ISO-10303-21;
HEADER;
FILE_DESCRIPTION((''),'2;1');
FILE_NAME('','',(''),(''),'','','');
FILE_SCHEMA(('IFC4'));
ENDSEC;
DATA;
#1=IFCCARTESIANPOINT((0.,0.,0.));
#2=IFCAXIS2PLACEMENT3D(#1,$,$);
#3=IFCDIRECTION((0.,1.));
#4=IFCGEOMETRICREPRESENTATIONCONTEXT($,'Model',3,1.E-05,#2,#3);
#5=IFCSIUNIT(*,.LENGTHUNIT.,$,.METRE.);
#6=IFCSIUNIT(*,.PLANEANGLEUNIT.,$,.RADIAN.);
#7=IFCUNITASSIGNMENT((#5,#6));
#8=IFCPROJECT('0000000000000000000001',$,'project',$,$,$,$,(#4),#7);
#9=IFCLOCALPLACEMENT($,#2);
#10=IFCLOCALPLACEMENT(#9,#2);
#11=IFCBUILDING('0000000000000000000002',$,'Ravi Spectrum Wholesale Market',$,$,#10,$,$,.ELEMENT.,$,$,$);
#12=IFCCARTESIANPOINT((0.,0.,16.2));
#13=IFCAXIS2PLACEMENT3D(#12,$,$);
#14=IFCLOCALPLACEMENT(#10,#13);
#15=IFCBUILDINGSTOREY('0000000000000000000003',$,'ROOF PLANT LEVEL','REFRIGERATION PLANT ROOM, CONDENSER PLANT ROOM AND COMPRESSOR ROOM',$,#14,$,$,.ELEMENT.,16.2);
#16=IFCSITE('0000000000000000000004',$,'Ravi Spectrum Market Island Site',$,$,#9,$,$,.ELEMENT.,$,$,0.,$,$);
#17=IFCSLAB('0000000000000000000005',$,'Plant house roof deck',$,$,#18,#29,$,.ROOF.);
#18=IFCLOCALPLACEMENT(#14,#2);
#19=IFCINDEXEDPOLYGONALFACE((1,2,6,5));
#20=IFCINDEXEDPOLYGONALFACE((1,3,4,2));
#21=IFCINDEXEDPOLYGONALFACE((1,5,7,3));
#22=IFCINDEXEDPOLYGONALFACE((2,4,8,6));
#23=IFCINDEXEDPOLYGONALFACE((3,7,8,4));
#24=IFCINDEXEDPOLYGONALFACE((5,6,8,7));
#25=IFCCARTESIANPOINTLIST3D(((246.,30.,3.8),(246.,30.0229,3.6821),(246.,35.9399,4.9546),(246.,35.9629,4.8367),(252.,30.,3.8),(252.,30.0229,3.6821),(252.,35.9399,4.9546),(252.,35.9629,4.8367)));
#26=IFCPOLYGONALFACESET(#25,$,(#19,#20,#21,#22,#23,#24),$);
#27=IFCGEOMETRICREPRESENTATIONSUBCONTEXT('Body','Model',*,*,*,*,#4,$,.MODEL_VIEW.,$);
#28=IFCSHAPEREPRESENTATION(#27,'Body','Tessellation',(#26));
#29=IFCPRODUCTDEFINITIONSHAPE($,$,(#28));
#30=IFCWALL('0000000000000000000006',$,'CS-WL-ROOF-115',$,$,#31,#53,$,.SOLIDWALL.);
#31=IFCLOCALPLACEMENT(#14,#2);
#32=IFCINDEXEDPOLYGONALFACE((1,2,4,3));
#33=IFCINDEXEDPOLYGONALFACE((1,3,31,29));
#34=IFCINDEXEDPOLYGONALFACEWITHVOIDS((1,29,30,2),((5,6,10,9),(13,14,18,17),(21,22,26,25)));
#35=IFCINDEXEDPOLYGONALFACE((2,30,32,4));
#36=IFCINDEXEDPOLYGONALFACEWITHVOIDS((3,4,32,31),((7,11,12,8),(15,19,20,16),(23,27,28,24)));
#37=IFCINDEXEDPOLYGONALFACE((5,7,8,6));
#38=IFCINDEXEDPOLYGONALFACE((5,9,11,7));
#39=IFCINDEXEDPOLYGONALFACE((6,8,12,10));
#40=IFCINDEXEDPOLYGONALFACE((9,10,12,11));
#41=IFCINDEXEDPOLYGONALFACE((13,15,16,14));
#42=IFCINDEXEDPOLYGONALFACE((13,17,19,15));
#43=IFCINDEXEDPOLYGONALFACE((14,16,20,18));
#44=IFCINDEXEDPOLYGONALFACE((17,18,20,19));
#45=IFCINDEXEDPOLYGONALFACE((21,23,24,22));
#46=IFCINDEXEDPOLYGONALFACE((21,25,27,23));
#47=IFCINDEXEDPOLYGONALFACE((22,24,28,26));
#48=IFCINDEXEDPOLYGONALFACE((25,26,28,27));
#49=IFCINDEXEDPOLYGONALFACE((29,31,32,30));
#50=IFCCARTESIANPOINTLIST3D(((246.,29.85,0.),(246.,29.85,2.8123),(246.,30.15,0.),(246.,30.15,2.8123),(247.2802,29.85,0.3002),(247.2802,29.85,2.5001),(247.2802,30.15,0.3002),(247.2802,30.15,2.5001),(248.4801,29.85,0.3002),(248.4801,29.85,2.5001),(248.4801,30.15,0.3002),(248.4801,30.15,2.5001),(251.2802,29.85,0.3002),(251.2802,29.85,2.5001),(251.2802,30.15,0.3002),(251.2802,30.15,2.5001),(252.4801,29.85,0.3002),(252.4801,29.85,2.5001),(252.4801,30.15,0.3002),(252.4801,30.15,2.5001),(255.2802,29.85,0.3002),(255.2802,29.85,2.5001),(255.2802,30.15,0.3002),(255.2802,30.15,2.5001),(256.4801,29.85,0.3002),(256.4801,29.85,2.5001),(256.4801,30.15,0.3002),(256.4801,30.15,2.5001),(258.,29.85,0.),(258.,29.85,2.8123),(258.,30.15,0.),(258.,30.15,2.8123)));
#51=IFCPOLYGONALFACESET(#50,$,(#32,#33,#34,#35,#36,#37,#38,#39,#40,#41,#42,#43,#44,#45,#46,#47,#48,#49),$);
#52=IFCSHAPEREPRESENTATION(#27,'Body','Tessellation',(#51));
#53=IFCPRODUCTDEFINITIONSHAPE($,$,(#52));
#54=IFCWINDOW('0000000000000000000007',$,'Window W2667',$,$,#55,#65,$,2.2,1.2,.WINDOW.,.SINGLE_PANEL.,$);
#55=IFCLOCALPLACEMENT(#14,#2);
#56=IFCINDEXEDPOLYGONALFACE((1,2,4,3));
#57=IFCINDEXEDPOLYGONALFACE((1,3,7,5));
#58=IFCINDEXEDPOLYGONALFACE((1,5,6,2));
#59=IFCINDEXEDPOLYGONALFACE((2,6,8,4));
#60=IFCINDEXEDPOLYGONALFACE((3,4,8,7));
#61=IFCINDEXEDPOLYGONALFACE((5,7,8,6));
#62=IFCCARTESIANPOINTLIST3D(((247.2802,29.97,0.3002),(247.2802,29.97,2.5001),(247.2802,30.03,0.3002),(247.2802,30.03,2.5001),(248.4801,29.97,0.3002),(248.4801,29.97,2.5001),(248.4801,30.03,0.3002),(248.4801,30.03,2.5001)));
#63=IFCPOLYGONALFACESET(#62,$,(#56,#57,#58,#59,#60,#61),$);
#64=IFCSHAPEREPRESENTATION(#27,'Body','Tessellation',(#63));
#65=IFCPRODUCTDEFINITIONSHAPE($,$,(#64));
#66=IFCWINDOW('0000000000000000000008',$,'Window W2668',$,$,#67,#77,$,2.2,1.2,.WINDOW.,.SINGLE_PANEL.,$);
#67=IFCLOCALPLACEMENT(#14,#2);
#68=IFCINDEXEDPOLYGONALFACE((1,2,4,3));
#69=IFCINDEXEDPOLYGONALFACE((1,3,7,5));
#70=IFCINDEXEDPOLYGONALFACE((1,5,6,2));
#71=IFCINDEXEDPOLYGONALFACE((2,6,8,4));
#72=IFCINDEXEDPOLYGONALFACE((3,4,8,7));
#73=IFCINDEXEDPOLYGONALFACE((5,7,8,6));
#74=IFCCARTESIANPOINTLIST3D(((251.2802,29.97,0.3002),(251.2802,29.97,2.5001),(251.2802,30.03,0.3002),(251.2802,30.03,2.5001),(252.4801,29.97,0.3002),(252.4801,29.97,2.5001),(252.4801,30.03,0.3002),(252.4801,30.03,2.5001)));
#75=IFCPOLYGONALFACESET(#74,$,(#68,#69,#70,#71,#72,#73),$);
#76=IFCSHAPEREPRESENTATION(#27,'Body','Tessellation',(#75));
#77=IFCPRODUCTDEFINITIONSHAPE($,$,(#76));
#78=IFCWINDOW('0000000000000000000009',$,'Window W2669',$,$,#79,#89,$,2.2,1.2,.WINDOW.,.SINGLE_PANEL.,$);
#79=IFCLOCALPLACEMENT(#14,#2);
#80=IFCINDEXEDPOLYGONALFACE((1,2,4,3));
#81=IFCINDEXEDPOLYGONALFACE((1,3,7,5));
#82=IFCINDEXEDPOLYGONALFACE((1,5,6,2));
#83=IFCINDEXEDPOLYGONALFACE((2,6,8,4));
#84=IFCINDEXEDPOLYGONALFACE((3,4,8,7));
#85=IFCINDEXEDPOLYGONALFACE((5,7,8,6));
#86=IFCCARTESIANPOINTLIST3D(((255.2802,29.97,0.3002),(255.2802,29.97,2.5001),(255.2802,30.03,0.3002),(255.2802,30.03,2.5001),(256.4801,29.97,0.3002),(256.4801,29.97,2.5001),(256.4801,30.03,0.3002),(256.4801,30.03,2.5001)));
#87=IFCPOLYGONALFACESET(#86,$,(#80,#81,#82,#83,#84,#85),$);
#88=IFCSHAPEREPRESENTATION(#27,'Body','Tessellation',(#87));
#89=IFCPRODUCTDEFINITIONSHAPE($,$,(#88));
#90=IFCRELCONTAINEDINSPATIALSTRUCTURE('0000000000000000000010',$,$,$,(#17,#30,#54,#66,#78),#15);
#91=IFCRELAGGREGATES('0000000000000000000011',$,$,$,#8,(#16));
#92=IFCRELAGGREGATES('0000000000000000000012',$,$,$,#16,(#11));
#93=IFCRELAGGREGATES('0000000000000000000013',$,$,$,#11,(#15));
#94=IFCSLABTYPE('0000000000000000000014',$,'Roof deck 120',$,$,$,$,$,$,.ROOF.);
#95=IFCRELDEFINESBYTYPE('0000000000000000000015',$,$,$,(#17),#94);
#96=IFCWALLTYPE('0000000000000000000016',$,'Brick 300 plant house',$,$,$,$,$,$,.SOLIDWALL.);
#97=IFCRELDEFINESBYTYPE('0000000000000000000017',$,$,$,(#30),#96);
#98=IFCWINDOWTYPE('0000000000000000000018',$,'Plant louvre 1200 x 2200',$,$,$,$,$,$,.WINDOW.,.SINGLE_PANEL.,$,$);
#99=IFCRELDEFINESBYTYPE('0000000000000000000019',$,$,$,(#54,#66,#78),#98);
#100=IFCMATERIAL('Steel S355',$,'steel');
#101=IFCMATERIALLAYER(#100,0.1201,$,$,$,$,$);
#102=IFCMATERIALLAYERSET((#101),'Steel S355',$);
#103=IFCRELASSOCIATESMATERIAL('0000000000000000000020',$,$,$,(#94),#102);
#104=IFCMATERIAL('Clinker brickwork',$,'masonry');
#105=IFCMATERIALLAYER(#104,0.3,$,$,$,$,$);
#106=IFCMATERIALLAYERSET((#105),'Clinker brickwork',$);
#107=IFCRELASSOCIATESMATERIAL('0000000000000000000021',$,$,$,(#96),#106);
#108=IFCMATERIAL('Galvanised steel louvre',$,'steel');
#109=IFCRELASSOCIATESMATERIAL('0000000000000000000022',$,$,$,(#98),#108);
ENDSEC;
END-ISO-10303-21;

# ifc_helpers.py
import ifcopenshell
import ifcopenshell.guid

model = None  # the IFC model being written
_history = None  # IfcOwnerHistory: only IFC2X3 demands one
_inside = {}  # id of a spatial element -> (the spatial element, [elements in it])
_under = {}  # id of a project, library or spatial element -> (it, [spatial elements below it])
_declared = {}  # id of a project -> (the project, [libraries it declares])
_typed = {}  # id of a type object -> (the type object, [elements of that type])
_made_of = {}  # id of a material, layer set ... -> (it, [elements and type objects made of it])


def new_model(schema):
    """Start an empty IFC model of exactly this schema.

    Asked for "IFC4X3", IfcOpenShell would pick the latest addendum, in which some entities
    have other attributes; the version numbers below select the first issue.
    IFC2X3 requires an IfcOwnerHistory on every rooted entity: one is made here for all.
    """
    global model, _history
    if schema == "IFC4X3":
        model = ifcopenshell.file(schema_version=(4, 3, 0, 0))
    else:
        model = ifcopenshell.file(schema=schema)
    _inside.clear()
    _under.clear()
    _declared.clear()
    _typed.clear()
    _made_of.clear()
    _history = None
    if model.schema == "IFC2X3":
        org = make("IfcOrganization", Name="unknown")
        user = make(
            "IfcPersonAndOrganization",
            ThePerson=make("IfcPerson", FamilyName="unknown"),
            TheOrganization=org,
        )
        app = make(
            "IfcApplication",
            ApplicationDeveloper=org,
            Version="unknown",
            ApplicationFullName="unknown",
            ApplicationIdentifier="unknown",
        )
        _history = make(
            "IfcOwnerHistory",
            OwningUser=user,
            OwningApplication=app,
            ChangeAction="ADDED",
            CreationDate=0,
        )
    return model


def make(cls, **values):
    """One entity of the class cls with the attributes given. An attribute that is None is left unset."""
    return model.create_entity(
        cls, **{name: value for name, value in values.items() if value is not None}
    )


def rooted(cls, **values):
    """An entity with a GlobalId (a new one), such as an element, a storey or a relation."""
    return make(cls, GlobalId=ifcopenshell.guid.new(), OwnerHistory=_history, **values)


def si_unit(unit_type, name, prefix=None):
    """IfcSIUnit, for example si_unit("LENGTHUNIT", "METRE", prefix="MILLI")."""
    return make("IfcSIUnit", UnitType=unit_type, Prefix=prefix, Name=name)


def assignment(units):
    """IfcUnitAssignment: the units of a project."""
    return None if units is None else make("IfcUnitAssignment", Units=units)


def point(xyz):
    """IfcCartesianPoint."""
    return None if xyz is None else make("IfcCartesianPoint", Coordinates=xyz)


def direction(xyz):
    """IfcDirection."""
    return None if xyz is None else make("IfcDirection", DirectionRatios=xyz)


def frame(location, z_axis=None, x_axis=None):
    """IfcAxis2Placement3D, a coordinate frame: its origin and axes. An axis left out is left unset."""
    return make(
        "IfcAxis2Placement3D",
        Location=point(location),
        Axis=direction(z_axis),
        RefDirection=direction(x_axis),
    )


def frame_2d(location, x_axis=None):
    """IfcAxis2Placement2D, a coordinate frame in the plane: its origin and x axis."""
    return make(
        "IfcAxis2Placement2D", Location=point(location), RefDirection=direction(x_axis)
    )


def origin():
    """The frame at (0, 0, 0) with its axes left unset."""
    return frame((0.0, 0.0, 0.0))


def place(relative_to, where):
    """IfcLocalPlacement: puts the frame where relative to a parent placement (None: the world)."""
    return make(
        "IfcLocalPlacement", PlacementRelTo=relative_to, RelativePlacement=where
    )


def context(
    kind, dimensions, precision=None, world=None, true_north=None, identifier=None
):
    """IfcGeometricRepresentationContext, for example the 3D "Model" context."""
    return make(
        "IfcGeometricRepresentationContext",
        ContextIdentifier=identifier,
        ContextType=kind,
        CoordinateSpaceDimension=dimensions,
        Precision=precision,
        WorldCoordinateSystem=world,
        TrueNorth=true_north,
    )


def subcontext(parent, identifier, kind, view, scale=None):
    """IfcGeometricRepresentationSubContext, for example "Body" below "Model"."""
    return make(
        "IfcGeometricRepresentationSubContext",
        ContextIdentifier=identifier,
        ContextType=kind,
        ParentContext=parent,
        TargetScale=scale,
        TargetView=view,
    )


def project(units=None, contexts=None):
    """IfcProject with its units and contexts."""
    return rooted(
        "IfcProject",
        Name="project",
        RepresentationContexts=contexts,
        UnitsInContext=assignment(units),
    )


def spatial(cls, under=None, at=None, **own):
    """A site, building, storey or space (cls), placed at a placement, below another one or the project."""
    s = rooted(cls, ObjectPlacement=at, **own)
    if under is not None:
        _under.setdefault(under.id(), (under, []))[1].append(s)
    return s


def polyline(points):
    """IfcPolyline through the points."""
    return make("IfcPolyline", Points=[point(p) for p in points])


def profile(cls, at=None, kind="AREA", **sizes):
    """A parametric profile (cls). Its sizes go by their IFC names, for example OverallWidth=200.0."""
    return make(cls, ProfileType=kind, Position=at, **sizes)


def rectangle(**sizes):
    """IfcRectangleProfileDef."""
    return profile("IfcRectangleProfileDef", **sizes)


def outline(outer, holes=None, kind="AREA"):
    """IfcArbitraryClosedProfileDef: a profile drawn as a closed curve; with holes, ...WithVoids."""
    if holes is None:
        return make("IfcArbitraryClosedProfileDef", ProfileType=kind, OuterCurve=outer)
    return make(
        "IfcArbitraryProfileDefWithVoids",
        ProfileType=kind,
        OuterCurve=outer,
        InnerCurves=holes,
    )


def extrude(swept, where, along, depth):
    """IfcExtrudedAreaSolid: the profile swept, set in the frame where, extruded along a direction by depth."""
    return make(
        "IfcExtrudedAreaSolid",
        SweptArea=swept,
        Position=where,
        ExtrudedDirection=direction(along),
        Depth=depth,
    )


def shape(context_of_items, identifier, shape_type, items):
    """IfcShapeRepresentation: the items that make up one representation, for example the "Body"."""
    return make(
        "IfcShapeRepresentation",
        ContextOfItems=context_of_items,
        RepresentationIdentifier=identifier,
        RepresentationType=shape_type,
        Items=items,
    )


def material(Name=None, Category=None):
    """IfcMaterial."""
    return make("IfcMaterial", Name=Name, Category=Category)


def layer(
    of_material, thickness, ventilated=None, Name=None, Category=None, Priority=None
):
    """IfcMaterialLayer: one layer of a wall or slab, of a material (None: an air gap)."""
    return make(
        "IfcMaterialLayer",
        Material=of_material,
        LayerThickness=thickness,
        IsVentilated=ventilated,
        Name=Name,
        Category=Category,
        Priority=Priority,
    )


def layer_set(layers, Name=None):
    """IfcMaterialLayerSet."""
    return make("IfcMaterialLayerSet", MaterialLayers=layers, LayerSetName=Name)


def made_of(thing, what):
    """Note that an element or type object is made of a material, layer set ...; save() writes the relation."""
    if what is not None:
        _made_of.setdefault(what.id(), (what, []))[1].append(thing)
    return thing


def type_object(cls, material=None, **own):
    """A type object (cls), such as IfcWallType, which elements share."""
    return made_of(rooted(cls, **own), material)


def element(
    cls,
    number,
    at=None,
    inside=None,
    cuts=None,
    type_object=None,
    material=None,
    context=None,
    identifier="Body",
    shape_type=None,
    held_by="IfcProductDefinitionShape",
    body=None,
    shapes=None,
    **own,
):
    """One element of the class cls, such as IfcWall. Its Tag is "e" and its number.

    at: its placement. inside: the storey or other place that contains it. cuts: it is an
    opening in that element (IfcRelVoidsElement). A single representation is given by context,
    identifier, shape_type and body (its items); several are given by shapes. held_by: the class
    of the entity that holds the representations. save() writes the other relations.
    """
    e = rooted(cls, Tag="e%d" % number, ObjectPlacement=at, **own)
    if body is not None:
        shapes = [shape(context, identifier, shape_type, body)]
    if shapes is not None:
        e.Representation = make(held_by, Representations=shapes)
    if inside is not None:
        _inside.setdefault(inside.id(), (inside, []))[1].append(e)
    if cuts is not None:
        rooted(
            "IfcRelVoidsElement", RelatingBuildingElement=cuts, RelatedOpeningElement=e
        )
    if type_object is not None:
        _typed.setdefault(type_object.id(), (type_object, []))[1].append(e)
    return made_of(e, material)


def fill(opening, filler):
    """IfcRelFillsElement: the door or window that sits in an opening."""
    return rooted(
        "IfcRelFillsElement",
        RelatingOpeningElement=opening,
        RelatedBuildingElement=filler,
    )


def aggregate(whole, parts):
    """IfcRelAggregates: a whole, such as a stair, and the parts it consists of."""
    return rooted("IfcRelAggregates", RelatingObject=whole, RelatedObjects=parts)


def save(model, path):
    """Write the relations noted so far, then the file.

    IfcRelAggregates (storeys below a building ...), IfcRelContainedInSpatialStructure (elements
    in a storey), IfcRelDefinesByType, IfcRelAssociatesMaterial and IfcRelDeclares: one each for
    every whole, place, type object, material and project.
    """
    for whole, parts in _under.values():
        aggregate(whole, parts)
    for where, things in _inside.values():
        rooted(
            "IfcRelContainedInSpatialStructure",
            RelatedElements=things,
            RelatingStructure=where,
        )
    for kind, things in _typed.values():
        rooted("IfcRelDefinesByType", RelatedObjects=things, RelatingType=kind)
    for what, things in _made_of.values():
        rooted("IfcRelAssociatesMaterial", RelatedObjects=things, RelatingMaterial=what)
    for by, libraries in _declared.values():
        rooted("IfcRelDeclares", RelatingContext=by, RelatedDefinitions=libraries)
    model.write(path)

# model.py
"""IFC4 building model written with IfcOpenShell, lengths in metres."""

from ifc_helpers import new_model, si_unit, direction, frame, frame_2d, origin, place, context, subcontext, project, spatial, polyline, rectangle, outline, extrude, material, layer, layer_set, type_object, element, fill, save


model = new_model("IFC4")

# Units and contexts
model_context = context("Model", 3, precision=1e-05, world=origin(), true_north=direction((0.0, 1.0)))
body_context = subcontext(model_context, "Body", "Model", "MODEL_VIEW")
ifc_project = project(units=[si_unit("LENGTHUNIT", "METRE"), si_unit("PLANEANGLEUNIT", "RADIAN")], contexts=[model_context])

# Site, building, storey
site_placement = place(None, origin())
site = spatial("IfcSite", under=ifc_project, at=site_placement, Name="Ravi Spectrum Market Island Site", CompositionType="ELEMENT", RefElevation=0.0)
building_placement = place(site_placement, origin())
building = spatial("IfcBuilding", under=site, at=building_placement, Name="Ravi Spectrum Wholesale Market", CompositionType="ELEMENT")
storey_placement = place(building_placement, frame((0.0, 0.0, 16.2)))
storey = spatial("IfcBuildingStorey", under=building, at=storey_placement, Name="ROOF PLANT LEVEL", Description="REFRIGERATION PLANT ROOM, CONDENSER PLANT ROOM AND COMPRESSOR ROOM", CompositionType="ELEMENT", Elevation=16.2)

# Slab
ifc_material_1 = material(Name="Steel S355", Category="steel")
ifc_layer_1 = layer(ifc_material_1, 0.1201)
ifc_layer_set_1 = layer_set([ifc_layer_1], Name="Steel S355")
slab_type = type_object("IfcSlabType", Name="Roof deck 120", PredefinedType="ROOF", material=ifc_layer_set_1)
for number, where, z_axis, x_axis, name in (
    (1, (246.0, 30.0, 3.8), (0.0, -0.190798, 0.981629), (1.0, 0.0, 0.0), "Plant house roof deck"),
):
    element("IfcSlab", number, at=place(storey_placement, frame(where, z_axis=z_axis, x_axis=x_axis)), inside=storey, type_object=slab_type, Name=name, PredefinedType="ROOF", context=body_context, shape_type="SweptSolid", body=[
        extrude(outline(polyline([(0.0, 0.0), (6.0, 0.0), (6.0, 6.0511), (0.0, 6.0511), (0.0, 0.0)])), origin(), (0.0, 0.0, -1.0), 0.1201),
    ])

# Wall, openings, windows
ifc_material_2 = material(Name="Clinker brickwork", Category="masonry")
ifc_layer_2 = layer(ifc_material_2, 0.3)
ifc_layer_set_2 = layer_set([ifc_layer_2], Name="Clinker brickwork")
wall_type = type_object("IfcWallType", Name="Brick 300 plant house", PredefinedType="SOLIDWALL", material=ifc_layer_set_2)
wall_placement = place(storey_placement, frame((246.0, 30.0, 0.0), z_axis=(0.0, 0.0, 1.0), x_axis=(1.0, 0.0, 0.0)))
wall = element("IfcWall", 2, at=wall_placement, inside=storey, type_object=wall_type, Name="CS-WL-ROOF-115", PredefinedType="SOLIDWALL", context=body_context, shape_type="SweptSolid", body=[
    extrude(rectangle(XDim=12.0, YDim=0.3, at=frame_2d((6.0, 0.0))), origin(), (0.0, 0.0, 1.0), 2.8123),
])
opening_1_placement = place(wall_placement, frame((1.28, 0.0, 0.3)))
opening_1 = element("IfcOpeningElement", 3, at=opening_1_placement, cuts=wall, PredefinedType="OPENING", context=body_context, shape_type="SweptSolid", body=[
    extrude(rectangle(XDim=1.2, YDim=2.2, at=frame_2d((0.6001, 1.1001))), frame((0.0, 0.1599, 0.0), z_axis=(0.0, -1.0, 0.0), x_axis=(1.0, 0.0, 0.0)), (0.0, 0.0, 1.0), 0.3201),
])
opening_2_placement = place(wall_placement, frame((5.28, 0.0, 0.3)))
opening_2 = element("IfcOpeningElement", 4, at=opening_2_placement, cuts=wall, PredefinedType="OPENING", context=body_context, shape_type="SweptSolid", body=[
    extrude(rectangle(XDim=1.2, YDim=2.2, at=frame_2d((0.6001, 1.1001))), frame((0.0, 0.1599, 0.0), z_axis=(0.0, -1.0, 0.0), x_axis=(1.0, 0.0, 0.0)), (0.0, 0.0, 1.0), 0.3201),
])
opening_3_placement = place(wall_placement, frame((9.28, 0.0, 0.3)))
opening_3 = element("IfcOpeningElement", 5, at=opening_3_placement, cuts=wall, PredefinedType="OPENING", context=body_context, shape_type="SweptSolid", body=[
    extrude(rectangle(XDim=1.2, YDim=2.2, at=frame_2d((0.6001, 1.1001))), frame((0.0, 0.1599, 0.0), z_axis=(0.0, -1.0, 0.0), x_axis=(1.0, 0.0, 0.0)), (0.0, 0.0, 1.0), 0.3201),
])
ifc_material_3 = material(Name="Galvanised steel louvre", Category="steel")
window_type = type_object("IfcWindowType", Name="Plant louvre 1200 x 2200", PartitioningType="SINGLE_PANEL", PredefinedType="WINDOW", material=ifc_material_3)
window_1_placement = place(opening_1_placement, origin())
window_1 = element("IfcWindow", 6, at=window_1_placement, inside=storey, type_object=window_type, Name="Window W2667", OverallHeight=2.2, OverallWidth=1.2, PartitioningType="SINGLE_PANEL", PredefinedType="WINDOW", context=body_context, shape_type="SweptSolid", body=[
    extrude(rectangle(XDim=1.2, YDim=2.2, at=frame_2d((0.6001, 1.1001))), frame((0.0, 0.03, 0.0), z_axis=(0.0, -1.0, 0.0), x_axis=(1.0, 0.0, 0.0)), (0.0, 0.0, 1.0), 0.0601),
])
fill(opening_1, window_1)
window_2_placement = place(opening_2_placement, origin())
window_2 = element("IfcWindow", 7, at=window_2_placement, inside=storey, type_object=window_type, Name="Window W2668", OverallHeight=2.2, OverallWidth=1.2, PartitioningType="SINGLE_PANEL", PredefinedType="WINDOW", context=body_context, shape_type="SweptSolid", body=[
    extrude(rectangle(XDim=1.2, YDim=2.2, at=frame_2d((0.6001, 1.1001))), frame((0.0, 0.03, 0.0), z_axis=(0.0, -1.0, 0.0), x_axis=(1.0, 0.0, 0.0)), (0.0, 0.0, 1.0), 0.0601),
])
fill(opening_2, window_2)
window_3_placement = place(opening_3_placement, origin())
window_3 = element("IfcWindow", 8, at=window_3_placement, inside=storey, type_object=window_type, Name="Window W2669", OverallHeight=2.2, OverallWidth=1.2, PartitioningType="SINGLE_PANEL", PredefinedType="WINDOW", context=body_context, shape_type="SweptSolid", body=[
    extrude(rectangle(XDim=1.2, YDim=2.2, at=frame_2d((0.6001, 1.1001))), frame((0.0, 0.03, 0.0), z_axis=(0.0, -1.0, 0.0), x_axis=(1.0, 0.0, 0.0)), (0.0, 0.0, 1.0), 0.0601),
])
fill(opening_3, window_3)

save(model, "model.ifc")
